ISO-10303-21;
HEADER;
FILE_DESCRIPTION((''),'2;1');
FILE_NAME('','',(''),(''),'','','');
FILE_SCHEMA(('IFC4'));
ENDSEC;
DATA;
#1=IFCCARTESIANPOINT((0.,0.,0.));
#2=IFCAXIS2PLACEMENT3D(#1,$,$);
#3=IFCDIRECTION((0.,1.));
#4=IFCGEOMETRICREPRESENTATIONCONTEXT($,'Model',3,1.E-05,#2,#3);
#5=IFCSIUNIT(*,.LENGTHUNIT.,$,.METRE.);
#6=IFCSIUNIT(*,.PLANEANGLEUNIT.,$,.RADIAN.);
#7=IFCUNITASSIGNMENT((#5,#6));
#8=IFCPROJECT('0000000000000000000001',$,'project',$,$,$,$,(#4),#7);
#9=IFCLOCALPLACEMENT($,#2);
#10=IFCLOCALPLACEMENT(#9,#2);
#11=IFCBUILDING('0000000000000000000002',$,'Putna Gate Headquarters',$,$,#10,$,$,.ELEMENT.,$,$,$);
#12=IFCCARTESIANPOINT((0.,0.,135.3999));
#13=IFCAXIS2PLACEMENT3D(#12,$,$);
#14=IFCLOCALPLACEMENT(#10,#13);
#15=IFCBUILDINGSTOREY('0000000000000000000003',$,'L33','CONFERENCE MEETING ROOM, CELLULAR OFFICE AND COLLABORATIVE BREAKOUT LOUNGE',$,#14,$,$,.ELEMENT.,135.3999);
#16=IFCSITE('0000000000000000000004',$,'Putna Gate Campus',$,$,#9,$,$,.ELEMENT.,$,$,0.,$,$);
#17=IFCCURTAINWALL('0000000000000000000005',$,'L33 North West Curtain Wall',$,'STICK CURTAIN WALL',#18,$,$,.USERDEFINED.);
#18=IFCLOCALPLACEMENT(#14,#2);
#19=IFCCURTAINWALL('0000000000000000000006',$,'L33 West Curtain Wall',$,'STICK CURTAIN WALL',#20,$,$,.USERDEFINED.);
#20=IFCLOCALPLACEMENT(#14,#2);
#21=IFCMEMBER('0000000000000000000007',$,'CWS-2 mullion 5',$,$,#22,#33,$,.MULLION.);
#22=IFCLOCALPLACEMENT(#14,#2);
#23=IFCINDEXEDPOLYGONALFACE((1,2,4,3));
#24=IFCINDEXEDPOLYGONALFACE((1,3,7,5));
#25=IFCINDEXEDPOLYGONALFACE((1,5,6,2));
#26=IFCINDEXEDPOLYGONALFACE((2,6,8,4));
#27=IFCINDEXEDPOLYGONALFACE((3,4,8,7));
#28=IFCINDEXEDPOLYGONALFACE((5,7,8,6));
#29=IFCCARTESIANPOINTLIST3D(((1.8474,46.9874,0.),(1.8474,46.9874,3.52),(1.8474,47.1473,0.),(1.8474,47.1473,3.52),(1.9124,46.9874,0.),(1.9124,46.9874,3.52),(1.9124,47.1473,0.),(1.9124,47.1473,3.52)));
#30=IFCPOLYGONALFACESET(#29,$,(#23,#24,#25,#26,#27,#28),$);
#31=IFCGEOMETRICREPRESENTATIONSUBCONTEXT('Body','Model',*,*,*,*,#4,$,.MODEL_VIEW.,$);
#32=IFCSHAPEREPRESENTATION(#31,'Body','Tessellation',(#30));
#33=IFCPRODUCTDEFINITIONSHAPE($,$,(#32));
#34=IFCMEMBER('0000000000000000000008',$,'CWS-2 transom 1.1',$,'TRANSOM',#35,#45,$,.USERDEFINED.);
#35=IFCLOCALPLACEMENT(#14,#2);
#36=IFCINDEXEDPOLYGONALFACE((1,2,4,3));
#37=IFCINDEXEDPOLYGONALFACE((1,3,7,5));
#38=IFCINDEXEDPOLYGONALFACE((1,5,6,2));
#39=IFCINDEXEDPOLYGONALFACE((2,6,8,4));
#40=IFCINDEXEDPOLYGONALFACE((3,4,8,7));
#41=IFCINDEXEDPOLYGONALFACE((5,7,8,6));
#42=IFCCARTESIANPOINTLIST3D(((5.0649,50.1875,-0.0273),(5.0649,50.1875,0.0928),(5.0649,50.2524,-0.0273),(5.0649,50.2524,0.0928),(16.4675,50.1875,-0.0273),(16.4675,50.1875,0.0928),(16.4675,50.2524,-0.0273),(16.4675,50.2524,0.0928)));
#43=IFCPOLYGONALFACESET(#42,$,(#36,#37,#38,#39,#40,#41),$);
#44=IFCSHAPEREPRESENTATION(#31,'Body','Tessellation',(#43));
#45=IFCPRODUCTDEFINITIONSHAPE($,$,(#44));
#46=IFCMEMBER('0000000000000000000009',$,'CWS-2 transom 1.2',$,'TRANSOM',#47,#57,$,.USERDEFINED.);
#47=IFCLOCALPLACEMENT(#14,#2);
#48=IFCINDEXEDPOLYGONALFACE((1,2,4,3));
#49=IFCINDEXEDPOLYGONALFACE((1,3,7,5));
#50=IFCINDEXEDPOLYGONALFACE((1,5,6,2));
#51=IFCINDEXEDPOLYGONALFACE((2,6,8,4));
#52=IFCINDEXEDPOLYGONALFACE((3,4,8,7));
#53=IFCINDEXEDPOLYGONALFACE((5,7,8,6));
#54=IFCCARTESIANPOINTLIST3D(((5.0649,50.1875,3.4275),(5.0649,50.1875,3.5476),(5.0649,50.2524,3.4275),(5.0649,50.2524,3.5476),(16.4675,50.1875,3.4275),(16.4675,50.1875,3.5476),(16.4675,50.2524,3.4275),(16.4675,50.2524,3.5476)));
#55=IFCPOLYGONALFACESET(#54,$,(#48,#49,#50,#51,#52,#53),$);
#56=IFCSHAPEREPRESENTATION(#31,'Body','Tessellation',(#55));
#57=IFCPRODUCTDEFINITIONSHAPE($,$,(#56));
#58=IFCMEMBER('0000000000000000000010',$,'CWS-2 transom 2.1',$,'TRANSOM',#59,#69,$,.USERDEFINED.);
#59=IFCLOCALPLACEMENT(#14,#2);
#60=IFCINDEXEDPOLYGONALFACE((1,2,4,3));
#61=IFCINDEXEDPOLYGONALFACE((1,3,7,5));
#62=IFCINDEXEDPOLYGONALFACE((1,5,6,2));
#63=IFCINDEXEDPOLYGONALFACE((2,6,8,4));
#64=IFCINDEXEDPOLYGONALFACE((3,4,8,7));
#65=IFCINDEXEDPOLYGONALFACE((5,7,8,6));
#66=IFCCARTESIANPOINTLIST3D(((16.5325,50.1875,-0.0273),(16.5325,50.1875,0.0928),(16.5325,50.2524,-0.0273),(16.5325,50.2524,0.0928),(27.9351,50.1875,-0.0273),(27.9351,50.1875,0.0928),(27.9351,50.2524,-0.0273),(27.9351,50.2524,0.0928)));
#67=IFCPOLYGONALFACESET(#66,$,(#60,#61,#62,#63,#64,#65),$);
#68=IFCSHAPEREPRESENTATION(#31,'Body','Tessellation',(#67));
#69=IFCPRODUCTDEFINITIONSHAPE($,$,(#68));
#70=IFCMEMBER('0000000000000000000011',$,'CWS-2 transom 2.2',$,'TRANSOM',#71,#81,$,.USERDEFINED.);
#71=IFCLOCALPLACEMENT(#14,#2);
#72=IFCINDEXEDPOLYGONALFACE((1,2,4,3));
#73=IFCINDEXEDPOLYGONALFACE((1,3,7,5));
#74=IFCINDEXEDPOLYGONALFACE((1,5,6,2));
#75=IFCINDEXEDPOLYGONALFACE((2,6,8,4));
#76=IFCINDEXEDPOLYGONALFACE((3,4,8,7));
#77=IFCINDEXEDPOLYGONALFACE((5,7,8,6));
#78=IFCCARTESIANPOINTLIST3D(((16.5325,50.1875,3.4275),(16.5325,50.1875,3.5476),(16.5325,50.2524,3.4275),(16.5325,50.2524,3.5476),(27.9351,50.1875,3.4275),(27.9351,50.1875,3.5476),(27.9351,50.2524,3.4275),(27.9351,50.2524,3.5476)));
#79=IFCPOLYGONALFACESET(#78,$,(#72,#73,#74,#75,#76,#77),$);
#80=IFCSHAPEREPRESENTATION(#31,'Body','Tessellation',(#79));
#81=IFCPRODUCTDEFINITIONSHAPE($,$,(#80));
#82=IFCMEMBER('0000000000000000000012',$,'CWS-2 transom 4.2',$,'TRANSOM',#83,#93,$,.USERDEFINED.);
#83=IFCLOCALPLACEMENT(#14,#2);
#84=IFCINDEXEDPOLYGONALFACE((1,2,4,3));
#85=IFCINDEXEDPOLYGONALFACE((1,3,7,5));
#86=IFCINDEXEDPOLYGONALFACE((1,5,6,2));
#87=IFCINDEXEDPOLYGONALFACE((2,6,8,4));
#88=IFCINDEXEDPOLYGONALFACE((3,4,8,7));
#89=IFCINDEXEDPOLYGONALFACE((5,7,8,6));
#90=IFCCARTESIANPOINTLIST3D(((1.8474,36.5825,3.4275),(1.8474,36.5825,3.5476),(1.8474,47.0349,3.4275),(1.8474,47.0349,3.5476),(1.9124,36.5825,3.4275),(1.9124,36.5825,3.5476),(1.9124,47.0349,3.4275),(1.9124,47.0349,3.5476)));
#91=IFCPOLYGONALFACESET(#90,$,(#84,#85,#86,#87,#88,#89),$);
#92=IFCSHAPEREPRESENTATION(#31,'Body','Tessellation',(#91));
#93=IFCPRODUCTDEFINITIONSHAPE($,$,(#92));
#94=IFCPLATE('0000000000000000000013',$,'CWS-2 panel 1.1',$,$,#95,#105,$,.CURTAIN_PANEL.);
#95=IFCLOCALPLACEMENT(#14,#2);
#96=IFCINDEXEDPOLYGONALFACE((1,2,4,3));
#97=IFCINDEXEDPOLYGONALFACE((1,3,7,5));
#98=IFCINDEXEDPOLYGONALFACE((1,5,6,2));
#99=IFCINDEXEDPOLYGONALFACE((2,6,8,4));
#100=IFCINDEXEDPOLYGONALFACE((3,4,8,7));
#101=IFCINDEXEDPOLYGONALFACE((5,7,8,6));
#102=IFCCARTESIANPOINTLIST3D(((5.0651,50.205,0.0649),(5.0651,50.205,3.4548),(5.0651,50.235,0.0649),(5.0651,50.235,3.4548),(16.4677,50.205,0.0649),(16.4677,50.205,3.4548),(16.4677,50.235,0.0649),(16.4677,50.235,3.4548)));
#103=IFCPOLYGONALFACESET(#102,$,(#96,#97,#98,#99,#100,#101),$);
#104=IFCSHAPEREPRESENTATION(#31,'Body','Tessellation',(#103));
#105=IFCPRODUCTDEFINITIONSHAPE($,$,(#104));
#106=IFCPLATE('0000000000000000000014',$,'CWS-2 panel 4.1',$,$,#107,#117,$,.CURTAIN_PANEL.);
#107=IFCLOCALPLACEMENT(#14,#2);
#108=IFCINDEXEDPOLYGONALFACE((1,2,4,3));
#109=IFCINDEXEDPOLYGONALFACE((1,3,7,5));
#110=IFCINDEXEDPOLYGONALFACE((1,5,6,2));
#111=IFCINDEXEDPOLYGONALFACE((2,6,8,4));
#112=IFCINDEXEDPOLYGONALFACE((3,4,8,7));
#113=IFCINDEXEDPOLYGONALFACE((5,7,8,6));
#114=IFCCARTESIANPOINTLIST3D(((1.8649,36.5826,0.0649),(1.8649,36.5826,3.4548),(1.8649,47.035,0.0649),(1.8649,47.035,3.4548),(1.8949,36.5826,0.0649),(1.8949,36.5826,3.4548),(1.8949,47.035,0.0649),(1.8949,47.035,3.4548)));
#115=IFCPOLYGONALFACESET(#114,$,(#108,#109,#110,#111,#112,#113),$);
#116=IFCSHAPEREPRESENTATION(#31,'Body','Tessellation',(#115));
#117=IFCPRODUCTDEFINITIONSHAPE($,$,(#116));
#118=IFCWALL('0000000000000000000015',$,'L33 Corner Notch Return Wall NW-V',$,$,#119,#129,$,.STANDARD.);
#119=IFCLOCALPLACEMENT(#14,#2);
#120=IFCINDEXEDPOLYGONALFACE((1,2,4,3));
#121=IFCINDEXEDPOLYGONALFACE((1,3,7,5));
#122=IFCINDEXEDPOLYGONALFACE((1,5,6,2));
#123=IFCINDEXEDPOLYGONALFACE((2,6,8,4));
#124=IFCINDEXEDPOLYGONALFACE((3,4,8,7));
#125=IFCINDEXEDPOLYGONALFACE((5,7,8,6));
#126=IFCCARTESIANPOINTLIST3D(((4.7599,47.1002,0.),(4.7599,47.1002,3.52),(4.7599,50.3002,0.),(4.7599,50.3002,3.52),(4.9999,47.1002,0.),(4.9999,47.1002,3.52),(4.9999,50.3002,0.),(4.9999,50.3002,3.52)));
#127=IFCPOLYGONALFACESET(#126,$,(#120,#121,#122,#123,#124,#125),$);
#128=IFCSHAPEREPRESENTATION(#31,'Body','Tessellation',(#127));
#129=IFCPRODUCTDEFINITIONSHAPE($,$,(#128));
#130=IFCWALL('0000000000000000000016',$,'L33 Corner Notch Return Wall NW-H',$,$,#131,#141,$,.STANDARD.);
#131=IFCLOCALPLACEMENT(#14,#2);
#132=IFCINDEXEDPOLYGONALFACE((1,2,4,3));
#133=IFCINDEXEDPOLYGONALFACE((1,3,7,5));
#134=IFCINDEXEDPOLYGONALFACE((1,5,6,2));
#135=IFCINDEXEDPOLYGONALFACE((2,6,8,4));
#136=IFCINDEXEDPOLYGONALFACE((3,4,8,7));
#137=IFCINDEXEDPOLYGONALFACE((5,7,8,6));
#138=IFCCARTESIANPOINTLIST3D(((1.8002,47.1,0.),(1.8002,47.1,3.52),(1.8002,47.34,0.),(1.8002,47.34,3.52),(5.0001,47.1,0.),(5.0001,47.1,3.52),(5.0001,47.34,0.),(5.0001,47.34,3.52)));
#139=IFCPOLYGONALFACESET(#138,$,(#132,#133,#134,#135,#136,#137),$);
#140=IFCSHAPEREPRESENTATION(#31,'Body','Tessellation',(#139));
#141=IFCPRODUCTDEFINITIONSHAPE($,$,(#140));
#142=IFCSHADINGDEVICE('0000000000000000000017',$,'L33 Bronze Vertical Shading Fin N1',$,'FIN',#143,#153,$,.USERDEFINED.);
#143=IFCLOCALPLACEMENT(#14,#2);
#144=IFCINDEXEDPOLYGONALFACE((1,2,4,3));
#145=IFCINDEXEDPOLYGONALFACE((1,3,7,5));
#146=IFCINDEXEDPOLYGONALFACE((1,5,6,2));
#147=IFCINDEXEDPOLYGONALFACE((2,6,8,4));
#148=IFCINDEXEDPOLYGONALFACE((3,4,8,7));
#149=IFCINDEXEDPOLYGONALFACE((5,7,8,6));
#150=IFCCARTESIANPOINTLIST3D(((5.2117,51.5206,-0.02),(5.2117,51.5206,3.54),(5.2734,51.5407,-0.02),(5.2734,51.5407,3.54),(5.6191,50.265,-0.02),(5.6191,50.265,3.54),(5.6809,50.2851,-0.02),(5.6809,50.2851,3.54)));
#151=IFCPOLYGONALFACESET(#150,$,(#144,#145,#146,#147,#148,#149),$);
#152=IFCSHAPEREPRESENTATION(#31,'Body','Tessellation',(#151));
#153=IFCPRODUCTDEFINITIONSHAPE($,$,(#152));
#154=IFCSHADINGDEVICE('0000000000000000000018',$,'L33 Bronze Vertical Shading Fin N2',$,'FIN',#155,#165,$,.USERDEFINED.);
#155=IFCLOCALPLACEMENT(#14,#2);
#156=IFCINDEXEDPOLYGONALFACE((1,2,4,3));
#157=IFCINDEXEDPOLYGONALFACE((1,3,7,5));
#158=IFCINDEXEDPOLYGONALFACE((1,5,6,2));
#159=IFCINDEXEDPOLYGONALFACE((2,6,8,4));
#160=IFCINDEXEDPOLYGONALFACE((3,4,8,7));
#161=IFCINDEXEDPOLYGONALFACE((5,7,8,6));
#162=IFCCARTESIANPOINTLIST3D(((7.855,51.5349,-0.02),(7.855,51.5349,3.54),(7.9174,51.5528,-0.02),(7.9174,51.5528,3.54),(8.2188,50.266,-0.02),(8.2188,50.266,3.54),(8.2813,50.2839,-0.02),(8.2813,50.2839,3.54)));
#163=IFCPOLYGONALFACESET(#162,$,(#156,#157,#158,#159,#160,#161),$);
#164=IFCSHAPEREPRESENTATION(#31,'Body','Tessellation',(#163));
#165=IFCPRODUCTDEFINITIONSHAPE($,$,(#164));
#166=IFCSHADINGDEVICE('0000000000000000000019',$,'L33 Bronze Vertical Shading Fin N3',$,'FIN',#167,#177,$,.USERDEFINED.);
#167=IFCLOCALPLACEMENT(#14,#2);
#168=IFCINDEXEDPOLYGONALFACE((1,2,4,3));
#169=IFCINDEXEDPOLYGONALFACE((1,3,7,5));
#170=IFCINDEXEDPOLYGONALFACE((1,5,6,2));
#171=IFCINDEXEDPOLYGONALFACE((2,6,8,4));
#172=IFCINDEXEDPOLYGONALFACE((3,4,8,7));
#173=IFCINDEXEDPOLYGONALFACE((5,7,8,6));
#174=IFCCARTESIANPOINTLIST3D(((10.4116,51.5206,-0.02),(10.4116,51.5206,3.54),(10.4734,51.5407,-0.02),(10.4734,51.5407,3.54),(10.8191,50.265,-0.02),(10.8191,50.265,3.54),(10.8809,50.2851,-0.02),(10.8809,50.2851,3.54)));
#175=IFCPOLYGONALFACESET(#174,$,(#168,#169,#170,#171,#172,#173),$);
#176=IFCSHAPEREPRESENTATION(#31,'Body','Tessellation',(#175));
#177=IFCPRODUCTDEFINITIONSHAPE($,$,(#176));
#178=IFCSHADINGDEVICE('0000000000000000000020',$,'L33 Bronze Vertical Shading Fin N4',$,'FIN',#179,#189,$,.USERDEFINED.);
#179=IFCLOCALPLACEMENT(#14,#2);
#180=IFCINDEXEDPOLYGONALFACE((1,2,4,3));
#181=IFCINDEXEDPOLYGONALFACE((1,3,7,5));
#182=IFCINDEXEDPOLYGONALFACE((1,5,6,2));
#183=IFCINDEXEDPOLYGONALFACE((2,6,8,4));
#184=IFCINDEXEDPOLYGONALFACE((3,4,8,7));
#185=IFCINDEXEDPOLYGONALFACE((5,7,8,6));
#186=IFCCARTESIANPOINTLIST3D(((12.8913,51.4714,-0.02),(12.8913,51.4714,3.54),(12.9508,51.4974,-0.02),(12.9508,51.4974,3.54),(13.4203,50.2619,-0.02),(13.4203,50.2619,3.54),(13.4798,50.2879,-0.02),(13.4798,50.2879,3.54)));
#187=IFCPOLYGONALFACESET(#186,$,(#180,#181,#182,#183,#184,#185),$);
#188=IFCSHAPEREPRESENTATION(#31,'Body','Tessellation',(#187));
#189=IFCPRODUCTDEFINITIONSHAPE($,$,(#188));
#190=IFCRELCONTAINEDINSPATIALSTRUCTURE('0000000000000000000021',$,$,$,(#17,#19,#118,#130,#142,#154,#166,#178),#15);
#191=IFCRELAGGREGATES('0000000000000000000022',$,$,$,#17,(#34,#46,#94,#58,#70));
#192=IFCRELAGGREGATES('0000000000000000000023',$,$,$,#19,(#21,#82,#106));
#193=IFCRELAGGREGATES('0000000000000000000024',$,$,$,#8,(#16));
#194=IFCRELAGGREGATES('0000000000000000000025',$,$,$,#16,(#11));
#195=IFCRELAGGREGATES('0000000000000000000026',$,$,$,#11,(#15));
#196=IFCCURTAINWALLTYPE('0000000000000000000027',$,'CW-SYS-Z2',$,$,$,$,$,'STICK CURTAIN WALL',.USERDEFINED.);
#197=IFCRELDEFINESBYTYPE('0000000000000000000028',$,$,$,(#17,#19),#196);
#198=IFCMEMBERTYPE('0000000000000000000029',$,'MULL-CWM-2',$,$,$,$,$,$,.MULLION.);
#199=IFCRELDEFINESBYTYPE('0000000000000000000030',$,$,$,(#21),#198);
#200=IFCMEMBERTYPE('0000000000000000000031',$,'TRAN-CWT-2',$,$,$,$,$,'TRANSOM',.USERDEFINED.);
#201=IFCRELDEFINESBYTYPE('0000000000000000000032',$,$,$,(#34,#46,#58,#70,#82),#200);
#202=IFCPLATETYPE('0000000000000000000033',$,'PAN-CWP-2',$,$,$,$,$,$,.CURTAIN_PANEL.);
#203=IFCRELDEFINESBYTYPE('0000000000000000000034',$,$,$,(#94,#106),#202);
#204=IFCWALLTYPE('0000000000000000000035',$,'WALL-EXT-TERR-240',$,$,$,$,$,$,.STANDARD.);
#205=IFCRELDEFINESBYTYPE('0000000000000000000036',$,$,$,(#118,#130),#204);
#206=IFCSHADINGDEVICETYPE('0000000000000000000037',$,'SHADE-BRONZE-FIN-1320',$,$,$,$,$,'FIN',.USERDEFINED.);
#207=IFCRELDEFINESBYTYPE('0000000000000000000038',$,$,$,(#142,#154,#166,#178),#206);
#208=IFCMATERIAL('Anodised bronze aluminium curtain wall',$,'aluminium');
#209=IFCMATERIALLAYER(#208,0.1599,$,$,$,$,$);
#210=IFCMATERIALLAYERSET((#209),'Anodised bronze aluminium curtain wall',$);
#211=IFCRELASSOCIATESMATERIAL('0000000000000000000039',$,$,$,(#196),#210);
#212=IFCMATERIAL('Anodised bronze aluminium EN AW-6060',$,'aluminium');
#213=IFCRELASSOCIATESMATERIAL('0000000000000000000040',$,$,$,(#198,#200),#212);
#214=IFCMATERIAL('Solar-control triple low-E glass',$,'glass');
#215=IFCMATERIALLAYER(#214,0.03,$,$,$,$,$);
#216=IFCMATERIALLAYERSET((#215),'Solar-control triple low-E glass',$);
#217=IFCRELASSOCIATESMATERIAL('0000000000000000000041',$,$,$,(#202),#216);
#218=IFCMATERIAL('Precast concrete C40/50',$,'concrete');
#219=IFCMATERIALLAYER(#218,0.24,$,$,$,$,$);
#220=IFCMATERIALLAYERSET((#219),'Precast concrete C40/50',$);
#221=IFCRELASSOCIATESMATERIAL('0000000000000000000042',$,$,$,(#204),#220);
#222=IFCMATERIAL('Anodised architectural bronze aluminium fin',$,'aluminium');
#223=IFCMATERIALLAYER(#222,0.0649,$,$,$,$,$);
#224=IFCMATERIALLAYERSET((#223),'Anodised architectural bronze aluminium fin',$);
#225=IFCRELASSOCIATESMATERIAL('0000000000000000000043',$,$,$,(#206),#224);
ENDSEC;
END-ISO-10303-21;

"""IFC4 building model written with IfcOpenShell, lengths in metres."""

from ifc_helpers import new_model, si_unit, direction, frame, frame_2d, origin, origin_2d, place, context, subcontext, project, spatial, rectangle, extrude, material, layer, layer_set, material_profile, profile_set, type_object, element, aggregate, save


model = new_model("IFC4")

# Units and contexts
model_context = context("Model", 3, precision=1e-05, world=origin(), true_north=direction((0.0, 1.0)))
body_context = subcontext(model_context, "Body", "Model", "MODEL_VIEW")
ifc_project = project(units=[si_unit("LENGTHUNIT", "METRE"), si_unit("PLANEANGLEUNIT", "RADIAN")], contexts=[model_context])

# Site, building, storey
site_placement = place(None, origin())
site = spatial("IfcSite", under=ifc_project, at=site_placement, Name="Putna Gate Campus", CompositionType="ELEMENT", RefElevation=0.0)
building_placement = place(site_placement, origin())
building = spatial("IfcBuilding", under=site, at=building_placement, Name="Putna Gate Headquarters", CompositionType="ELEMENT")
storey_placement = place(building_placement, frame((0.0, 0.0, 135.3999)))
storey = spatial("IfcBuildingStorey", under=building, at=storey_placement, Name="L33", Description="CONFERENCE MEETING ROOM, CELLULAR OFFICE AND COLLABORATIVE BREAKOUT LOUNGE", CompositionType="ELEMENT", Elevation=135.3999)

# Curtain wall
ifc_material_1 = material(Name="Anodised bronze aluminium curtain wall", Category="aluminium")
ifc_layer_1 = layer(ifc_material_1, 0.1599)
ifc_layer_set_1 = layer_set([ifc_layer_1], Name="Anodised bronze aluminium curtain wall")
curtain_wall_type = type_object("IfcCurtainWallType", Name="CW-SYS-Z2", ElementType="STICK CURTAIN WALL", PredefinedType="USERDEFINED", material=ifc_layer_set_1)
curtain_wall_1_placement = place(storey_placement, origin())
curtain_wall_1 = element("IfcCurtainWall", 1, at=curtain_wall_1_placement, inside=storey, type_object=curtain_wall_type, Name="L33 North West Curtain Wall", ObjectType="STICK CURTAIN WALL", PredefinedType="USERDEFINED")
ifc_material_2 = material(Name="Anodised bronze aluminium EN AW-6060", Category="aluminium")
ifc_material_profile_1 = material_profile(ifc_material_2, rectangle(XDim=0.0649, YDim=0.1599, at=origin_2d()), Name="Anodised bronze aluminium EN AW-6060")
ifc_profile_set_1 = profile_set([ifc_material_profile_1], Name="Anodised bronze aluminium EN AW-6060")
member_type_1 = type_object("IfcMemberType", Name="MULL-CWM-2", PredefinedType="MULLION", material=ifc_profile_set_1)

# Curtain wall, member
curtain_wall_2_placement = place(storey_placement, origin())
curtain_wall_2 = element("IfcCurtainWall", 2, at=curtain_wall_2_placement, inside=storey, type_object=curtain_wall_type, Name="L33 West Curtain Wall", ObjectType="STICK CURTAIN WALL", PredefinedType="USERDEFINED")
member_1_placement = place(storey_placement, frame((1.8799, 47.0674, 0.0), z_axis=(0.0, 0.0, 1.0), x_axis=(-1.0, 0.0, 0.0)))
member_1 = element("IfcMember", 3, at=member_1_placement, type_object=member_type_1, Name="CWS-2 mullion 5", PredefinedType="MULLION", context=body_context, shape_type="SweptSolid", body=[
    extrude(rectangle(XDim=0.0649, YDim=0.1599, at=origin_2d()), origin(), (0.0, 0.0, 1.0), 3.52),
])

# Members
ifc_material_profile_2 = material_profile(ifc_material_2, rectangle(XDim=0.0649, YDim=0.1201, at=origin_2d()), Name="Anodised bronze aluminium EN AW-6060")
ifc_profile_set_2 = profile_set([ifc_material_profile_2], Name="Anodised bronze aluminium EN AW-6060")
member_type_2 = type_object("IfcMemberType", Name="TRAN-CWT-2", ElementType="TRANSOM", PredefinedType="USERDEFINED", material=ifc_profile_set_2)
member_2_placement = place(storey_placement, frame((5.0649, 50.22, 0.0327), z_axis=(1.0, 0.0, 0.0), x_axis=(0.0, 1.0, 0.0)))
member_2 = element("IfcMember", 4, at=member_2_placement, type_object=member_type_2, Name="CWS-2 transom 1.1", ObjectType="TRANSOM", PredefinedType="USERDEFINED", context=body_context, shape_type="SweptSolid", body=[
    extrude(rectangle(XDim=0.0649, YDim=0.1201, at=origin_2d()), origin(), (0.0, 0.0, 1.0), 11.4026),
])
member_3_placement = place(storey_placement, frame((5.0649, 50.22, 3.4875), z_axis=(1.0, 0.0, 0.0), x_axis=(0.0, 1.0, 0.0)))
member_3 = element("IfcMember", 5, at=member_3_placement, type_object=member_type_2, Name="CWS-2 transom 1.2", ObjectType="TRANSOM", PredefinedType="USERDEFINED", context=body_context, shape_type="SweptSolid", body=[
    extrude(rectangle(XDim=0.0649, YDim=0.1201, at=origin_2d()), origin(), (0.0, 0.0, 1.0), 11.4026),
])
member_4_placement = place(storey_placement, frame((16.5325, 50.22, 0.0327), z_axis=(1.0, 0.0, 0.0), x_axis=(0.0, 1.0, 0.0)))
member_4 = element("IfcMember", 6, at=member_4_placement, type_object=member_type_2, Name="CWS-2 transom 2.1", ObjectType="TRANSOM", PredefinedType="USERDEFINED", context=body_context, shape_type="SweptSolid", body=[
    extrude(rectangle(XDim=0.0649, YDim=0.1201, at=origin_2d()), origin(), (0.0, 0.0, 1.0), 11.4026),
])
member_5_placement = place(storey_placement, frame((16.5325, 50.22, 3.4875), z_axis=(1.0, 0.0, 0.0), x_axis=(0.0, 1.0, 0.0)))
member_5 = element("IfcMember", 7, at=member_5_placement, type_object=member_type_2, Name="CWS-2 transom 2.2", ObjectType="TRANSOM", PredefinedType="USERDEFINED", context=body_context, shape_type="SweptSolid", body=[
    extrude(rectangle(XDim=0.0649, YDim=0.1201, at=origin_2d()), origin(), (0.0, 0.0, 1.0), 11.4026),
])
member_6_placement = place(storey_placement, frame((1.8799, 36.5825, 3.4875), z_axis=(0.0, 1.0, 0.0), x_axis=(-1.0, 0.0, 0.0)))
member_6 = element("IfcMember", 8, at=member_6_placement, type_object=member_type_2, Name="CWS-2 transom 4.2", ObjectType="TRANSOM", PredefinedType="USERDEFINED", context=body_context, shape_type="SweptSolid", body=[
    extrude(rectangle(XDim=0.0649, YDim=0.1201, at=origin_2d()), origin(), (0.0, 0.0, 1.0), 10.4524),
])

# Plates
ifc_material_3 = material(Name="Solar-control triple low-E glass", Category="glass")
ifc_layer_2 = layer(ifc_material_3, 0.03)
ifc_layer_set_2 = layer_set([ifc_layer_2], Name="Solar-control triple low-E glass")
plate_type = type_object("IfcPlateType", Name="PAN-CWP-2", PredefinedType="CURTAIN_PANEL", material=ifc_layer_set_2)
plate_1_placement = place(storey_placement, frame((10.7664, 50.22, 0.0649), z_axis=(0.0, 0.0, 1.0), x_axis=(1.0, 0.0, 0.0)))
plate_1 = element("IfcPlate", 9, at=plate_1_placement, type_object=plate_type, Name="CWS-2 panel 1.1", PredefinedType="CURTAIN_PANEL", context=body_context, shape_type="SweptSolid", body=[
    extrude(rectangle(XDim=11.4026, YDim=0.03, at=origin_2d()), origin(), (0.0, 0.0, 1.0), 3.3899),
])
aggregate(curtain_wall_1, [member_2, member_3, plate_1, member_4, member_5])
plate_2_placement = place(storey_placement, frame((1.8799, 41.8088, 0.0649), z_axis=(0.0, 0.0, 1.0), x_axis=(0.0, 1.0, 0.0)))
plate_2 = element("IfcPlate", 10, at=plate_2_placement, type_object=plate_type, Name="CWS-2 panel 4.1", PredefinedType="CURTAIN_PANEL", context=body_context, shape_type="SweptSolid", body=[
    extrude(rectangle(XDim=10.4524, YDim=0.03, at=origin_2d()), origin(), (0.0, 0.0, 1.0), 3.3899),
])
aggregate(curtain_wall_2, [member_1, member_6, plate_2])

# Walls
ifc_material_4 = material(Name="Precast concrete C40/50", Category="concrete")
ifc_layer_3 = layer(ifc_material_4, 0.24)
ifc_layer_set_3 = layer_set([ifc_layer_3], Name="Precast concrete C40/50")
wall_type = type_object("IfcWallType", Name="WALL-EXT-TERR-240", PredefinedType="STANDARD", material=ifc_layer_set_3)
for number, where, z_axis, x_axis, name in (
    (11, (4.8799, 47.1001, 0.0), (0.0, 0.0, 1.0), (0.0, 1.0, 0.0), "L33 Corner Notch Return Wall NW-V"),
    (12, (1.8, 47.22, 0.0), (0.0, 0.0, 1.0), (1.0, 0.0, 0.0), "L33 Corner Notch Return Wall NW-H"),
):
    element("IfcWall", number, at=place(storey_placement, frame(where, z_axis=z_axis, x_axis=x_axis)), inside=storey, type_object=wall_type, Name=name, PredefinedType="STANDARD", context=body_context, shape_type="SweptSolid", body=[
        extrude(rectangle(XDim=3.2, YDim=0.24, at=frame_2d((1.6001, 0.0))), origin(), (0.0, 0.0, 1.0), 3.52),
    ])

# Shading devices
ifc_material_5 = material(Name="Anodised architectural bronze aluminium fin", Category="aluminium")
ifc_layer_4 = layer(ifc_material_5, 0.0649)
ifc_layer_set_4 = layer_set([ifc_layer_4], Name="Anodised architectural bronze aluminium fin")
shading_device_type = type_object("IfcShadingDeviceType", Name="SHADE-BRONZE-FIN-1320", ElementType="FIN", PredefinedType="USERDEFINED", material=ifc_layer_set_4)
for number, where, z_axis, x_axis, name in (
    (13, (5.4463, 50.9028, -0.02), (0.0, 0.0, 1.0), (-0.308685, 0.951164, 0.0), "L33 Bronze Vertical Shading Fin N1"),
    (14, (8.0681, 50.9094, -0.02), (0.0, 0.0, 1.0), (-0.275637, 0.961262, 0.0), "L33 Bronze Vertical Shading Fin N2"),
    (15, (10.6462, 50.9028, -0.02), (0.0, 0.0, 1.0), (-0.308685, 0.951164, 0.0), "L33 Bronze Vertical Shading Fin N3"),
    (16, (13.1855, 50.8796, -0.02), (0.0, 0.0, 1.0), (-0.400669, 0.916223, 0.0), "L33 Bronze Vertical Shading Fin N4"),
):
    element("IfcShadingDevice", number, at=place(storey_placement, frame(where, z_axis=z_axis, x_axis=x_axis)), inside=storey, type_object=shading_device_type, Name=name, ObjectType="FIN", PredefinedType="USERDEFINED", context=body_context, shape_type="SweptSolid", body=[
        extrude(rectangle(XDim=1.3201, YDim=0.0649, at=origin_2d()), origin(), (0.0, 0.0, 1.0), 3.5601),
    ])

save(model, "model.ifc")
